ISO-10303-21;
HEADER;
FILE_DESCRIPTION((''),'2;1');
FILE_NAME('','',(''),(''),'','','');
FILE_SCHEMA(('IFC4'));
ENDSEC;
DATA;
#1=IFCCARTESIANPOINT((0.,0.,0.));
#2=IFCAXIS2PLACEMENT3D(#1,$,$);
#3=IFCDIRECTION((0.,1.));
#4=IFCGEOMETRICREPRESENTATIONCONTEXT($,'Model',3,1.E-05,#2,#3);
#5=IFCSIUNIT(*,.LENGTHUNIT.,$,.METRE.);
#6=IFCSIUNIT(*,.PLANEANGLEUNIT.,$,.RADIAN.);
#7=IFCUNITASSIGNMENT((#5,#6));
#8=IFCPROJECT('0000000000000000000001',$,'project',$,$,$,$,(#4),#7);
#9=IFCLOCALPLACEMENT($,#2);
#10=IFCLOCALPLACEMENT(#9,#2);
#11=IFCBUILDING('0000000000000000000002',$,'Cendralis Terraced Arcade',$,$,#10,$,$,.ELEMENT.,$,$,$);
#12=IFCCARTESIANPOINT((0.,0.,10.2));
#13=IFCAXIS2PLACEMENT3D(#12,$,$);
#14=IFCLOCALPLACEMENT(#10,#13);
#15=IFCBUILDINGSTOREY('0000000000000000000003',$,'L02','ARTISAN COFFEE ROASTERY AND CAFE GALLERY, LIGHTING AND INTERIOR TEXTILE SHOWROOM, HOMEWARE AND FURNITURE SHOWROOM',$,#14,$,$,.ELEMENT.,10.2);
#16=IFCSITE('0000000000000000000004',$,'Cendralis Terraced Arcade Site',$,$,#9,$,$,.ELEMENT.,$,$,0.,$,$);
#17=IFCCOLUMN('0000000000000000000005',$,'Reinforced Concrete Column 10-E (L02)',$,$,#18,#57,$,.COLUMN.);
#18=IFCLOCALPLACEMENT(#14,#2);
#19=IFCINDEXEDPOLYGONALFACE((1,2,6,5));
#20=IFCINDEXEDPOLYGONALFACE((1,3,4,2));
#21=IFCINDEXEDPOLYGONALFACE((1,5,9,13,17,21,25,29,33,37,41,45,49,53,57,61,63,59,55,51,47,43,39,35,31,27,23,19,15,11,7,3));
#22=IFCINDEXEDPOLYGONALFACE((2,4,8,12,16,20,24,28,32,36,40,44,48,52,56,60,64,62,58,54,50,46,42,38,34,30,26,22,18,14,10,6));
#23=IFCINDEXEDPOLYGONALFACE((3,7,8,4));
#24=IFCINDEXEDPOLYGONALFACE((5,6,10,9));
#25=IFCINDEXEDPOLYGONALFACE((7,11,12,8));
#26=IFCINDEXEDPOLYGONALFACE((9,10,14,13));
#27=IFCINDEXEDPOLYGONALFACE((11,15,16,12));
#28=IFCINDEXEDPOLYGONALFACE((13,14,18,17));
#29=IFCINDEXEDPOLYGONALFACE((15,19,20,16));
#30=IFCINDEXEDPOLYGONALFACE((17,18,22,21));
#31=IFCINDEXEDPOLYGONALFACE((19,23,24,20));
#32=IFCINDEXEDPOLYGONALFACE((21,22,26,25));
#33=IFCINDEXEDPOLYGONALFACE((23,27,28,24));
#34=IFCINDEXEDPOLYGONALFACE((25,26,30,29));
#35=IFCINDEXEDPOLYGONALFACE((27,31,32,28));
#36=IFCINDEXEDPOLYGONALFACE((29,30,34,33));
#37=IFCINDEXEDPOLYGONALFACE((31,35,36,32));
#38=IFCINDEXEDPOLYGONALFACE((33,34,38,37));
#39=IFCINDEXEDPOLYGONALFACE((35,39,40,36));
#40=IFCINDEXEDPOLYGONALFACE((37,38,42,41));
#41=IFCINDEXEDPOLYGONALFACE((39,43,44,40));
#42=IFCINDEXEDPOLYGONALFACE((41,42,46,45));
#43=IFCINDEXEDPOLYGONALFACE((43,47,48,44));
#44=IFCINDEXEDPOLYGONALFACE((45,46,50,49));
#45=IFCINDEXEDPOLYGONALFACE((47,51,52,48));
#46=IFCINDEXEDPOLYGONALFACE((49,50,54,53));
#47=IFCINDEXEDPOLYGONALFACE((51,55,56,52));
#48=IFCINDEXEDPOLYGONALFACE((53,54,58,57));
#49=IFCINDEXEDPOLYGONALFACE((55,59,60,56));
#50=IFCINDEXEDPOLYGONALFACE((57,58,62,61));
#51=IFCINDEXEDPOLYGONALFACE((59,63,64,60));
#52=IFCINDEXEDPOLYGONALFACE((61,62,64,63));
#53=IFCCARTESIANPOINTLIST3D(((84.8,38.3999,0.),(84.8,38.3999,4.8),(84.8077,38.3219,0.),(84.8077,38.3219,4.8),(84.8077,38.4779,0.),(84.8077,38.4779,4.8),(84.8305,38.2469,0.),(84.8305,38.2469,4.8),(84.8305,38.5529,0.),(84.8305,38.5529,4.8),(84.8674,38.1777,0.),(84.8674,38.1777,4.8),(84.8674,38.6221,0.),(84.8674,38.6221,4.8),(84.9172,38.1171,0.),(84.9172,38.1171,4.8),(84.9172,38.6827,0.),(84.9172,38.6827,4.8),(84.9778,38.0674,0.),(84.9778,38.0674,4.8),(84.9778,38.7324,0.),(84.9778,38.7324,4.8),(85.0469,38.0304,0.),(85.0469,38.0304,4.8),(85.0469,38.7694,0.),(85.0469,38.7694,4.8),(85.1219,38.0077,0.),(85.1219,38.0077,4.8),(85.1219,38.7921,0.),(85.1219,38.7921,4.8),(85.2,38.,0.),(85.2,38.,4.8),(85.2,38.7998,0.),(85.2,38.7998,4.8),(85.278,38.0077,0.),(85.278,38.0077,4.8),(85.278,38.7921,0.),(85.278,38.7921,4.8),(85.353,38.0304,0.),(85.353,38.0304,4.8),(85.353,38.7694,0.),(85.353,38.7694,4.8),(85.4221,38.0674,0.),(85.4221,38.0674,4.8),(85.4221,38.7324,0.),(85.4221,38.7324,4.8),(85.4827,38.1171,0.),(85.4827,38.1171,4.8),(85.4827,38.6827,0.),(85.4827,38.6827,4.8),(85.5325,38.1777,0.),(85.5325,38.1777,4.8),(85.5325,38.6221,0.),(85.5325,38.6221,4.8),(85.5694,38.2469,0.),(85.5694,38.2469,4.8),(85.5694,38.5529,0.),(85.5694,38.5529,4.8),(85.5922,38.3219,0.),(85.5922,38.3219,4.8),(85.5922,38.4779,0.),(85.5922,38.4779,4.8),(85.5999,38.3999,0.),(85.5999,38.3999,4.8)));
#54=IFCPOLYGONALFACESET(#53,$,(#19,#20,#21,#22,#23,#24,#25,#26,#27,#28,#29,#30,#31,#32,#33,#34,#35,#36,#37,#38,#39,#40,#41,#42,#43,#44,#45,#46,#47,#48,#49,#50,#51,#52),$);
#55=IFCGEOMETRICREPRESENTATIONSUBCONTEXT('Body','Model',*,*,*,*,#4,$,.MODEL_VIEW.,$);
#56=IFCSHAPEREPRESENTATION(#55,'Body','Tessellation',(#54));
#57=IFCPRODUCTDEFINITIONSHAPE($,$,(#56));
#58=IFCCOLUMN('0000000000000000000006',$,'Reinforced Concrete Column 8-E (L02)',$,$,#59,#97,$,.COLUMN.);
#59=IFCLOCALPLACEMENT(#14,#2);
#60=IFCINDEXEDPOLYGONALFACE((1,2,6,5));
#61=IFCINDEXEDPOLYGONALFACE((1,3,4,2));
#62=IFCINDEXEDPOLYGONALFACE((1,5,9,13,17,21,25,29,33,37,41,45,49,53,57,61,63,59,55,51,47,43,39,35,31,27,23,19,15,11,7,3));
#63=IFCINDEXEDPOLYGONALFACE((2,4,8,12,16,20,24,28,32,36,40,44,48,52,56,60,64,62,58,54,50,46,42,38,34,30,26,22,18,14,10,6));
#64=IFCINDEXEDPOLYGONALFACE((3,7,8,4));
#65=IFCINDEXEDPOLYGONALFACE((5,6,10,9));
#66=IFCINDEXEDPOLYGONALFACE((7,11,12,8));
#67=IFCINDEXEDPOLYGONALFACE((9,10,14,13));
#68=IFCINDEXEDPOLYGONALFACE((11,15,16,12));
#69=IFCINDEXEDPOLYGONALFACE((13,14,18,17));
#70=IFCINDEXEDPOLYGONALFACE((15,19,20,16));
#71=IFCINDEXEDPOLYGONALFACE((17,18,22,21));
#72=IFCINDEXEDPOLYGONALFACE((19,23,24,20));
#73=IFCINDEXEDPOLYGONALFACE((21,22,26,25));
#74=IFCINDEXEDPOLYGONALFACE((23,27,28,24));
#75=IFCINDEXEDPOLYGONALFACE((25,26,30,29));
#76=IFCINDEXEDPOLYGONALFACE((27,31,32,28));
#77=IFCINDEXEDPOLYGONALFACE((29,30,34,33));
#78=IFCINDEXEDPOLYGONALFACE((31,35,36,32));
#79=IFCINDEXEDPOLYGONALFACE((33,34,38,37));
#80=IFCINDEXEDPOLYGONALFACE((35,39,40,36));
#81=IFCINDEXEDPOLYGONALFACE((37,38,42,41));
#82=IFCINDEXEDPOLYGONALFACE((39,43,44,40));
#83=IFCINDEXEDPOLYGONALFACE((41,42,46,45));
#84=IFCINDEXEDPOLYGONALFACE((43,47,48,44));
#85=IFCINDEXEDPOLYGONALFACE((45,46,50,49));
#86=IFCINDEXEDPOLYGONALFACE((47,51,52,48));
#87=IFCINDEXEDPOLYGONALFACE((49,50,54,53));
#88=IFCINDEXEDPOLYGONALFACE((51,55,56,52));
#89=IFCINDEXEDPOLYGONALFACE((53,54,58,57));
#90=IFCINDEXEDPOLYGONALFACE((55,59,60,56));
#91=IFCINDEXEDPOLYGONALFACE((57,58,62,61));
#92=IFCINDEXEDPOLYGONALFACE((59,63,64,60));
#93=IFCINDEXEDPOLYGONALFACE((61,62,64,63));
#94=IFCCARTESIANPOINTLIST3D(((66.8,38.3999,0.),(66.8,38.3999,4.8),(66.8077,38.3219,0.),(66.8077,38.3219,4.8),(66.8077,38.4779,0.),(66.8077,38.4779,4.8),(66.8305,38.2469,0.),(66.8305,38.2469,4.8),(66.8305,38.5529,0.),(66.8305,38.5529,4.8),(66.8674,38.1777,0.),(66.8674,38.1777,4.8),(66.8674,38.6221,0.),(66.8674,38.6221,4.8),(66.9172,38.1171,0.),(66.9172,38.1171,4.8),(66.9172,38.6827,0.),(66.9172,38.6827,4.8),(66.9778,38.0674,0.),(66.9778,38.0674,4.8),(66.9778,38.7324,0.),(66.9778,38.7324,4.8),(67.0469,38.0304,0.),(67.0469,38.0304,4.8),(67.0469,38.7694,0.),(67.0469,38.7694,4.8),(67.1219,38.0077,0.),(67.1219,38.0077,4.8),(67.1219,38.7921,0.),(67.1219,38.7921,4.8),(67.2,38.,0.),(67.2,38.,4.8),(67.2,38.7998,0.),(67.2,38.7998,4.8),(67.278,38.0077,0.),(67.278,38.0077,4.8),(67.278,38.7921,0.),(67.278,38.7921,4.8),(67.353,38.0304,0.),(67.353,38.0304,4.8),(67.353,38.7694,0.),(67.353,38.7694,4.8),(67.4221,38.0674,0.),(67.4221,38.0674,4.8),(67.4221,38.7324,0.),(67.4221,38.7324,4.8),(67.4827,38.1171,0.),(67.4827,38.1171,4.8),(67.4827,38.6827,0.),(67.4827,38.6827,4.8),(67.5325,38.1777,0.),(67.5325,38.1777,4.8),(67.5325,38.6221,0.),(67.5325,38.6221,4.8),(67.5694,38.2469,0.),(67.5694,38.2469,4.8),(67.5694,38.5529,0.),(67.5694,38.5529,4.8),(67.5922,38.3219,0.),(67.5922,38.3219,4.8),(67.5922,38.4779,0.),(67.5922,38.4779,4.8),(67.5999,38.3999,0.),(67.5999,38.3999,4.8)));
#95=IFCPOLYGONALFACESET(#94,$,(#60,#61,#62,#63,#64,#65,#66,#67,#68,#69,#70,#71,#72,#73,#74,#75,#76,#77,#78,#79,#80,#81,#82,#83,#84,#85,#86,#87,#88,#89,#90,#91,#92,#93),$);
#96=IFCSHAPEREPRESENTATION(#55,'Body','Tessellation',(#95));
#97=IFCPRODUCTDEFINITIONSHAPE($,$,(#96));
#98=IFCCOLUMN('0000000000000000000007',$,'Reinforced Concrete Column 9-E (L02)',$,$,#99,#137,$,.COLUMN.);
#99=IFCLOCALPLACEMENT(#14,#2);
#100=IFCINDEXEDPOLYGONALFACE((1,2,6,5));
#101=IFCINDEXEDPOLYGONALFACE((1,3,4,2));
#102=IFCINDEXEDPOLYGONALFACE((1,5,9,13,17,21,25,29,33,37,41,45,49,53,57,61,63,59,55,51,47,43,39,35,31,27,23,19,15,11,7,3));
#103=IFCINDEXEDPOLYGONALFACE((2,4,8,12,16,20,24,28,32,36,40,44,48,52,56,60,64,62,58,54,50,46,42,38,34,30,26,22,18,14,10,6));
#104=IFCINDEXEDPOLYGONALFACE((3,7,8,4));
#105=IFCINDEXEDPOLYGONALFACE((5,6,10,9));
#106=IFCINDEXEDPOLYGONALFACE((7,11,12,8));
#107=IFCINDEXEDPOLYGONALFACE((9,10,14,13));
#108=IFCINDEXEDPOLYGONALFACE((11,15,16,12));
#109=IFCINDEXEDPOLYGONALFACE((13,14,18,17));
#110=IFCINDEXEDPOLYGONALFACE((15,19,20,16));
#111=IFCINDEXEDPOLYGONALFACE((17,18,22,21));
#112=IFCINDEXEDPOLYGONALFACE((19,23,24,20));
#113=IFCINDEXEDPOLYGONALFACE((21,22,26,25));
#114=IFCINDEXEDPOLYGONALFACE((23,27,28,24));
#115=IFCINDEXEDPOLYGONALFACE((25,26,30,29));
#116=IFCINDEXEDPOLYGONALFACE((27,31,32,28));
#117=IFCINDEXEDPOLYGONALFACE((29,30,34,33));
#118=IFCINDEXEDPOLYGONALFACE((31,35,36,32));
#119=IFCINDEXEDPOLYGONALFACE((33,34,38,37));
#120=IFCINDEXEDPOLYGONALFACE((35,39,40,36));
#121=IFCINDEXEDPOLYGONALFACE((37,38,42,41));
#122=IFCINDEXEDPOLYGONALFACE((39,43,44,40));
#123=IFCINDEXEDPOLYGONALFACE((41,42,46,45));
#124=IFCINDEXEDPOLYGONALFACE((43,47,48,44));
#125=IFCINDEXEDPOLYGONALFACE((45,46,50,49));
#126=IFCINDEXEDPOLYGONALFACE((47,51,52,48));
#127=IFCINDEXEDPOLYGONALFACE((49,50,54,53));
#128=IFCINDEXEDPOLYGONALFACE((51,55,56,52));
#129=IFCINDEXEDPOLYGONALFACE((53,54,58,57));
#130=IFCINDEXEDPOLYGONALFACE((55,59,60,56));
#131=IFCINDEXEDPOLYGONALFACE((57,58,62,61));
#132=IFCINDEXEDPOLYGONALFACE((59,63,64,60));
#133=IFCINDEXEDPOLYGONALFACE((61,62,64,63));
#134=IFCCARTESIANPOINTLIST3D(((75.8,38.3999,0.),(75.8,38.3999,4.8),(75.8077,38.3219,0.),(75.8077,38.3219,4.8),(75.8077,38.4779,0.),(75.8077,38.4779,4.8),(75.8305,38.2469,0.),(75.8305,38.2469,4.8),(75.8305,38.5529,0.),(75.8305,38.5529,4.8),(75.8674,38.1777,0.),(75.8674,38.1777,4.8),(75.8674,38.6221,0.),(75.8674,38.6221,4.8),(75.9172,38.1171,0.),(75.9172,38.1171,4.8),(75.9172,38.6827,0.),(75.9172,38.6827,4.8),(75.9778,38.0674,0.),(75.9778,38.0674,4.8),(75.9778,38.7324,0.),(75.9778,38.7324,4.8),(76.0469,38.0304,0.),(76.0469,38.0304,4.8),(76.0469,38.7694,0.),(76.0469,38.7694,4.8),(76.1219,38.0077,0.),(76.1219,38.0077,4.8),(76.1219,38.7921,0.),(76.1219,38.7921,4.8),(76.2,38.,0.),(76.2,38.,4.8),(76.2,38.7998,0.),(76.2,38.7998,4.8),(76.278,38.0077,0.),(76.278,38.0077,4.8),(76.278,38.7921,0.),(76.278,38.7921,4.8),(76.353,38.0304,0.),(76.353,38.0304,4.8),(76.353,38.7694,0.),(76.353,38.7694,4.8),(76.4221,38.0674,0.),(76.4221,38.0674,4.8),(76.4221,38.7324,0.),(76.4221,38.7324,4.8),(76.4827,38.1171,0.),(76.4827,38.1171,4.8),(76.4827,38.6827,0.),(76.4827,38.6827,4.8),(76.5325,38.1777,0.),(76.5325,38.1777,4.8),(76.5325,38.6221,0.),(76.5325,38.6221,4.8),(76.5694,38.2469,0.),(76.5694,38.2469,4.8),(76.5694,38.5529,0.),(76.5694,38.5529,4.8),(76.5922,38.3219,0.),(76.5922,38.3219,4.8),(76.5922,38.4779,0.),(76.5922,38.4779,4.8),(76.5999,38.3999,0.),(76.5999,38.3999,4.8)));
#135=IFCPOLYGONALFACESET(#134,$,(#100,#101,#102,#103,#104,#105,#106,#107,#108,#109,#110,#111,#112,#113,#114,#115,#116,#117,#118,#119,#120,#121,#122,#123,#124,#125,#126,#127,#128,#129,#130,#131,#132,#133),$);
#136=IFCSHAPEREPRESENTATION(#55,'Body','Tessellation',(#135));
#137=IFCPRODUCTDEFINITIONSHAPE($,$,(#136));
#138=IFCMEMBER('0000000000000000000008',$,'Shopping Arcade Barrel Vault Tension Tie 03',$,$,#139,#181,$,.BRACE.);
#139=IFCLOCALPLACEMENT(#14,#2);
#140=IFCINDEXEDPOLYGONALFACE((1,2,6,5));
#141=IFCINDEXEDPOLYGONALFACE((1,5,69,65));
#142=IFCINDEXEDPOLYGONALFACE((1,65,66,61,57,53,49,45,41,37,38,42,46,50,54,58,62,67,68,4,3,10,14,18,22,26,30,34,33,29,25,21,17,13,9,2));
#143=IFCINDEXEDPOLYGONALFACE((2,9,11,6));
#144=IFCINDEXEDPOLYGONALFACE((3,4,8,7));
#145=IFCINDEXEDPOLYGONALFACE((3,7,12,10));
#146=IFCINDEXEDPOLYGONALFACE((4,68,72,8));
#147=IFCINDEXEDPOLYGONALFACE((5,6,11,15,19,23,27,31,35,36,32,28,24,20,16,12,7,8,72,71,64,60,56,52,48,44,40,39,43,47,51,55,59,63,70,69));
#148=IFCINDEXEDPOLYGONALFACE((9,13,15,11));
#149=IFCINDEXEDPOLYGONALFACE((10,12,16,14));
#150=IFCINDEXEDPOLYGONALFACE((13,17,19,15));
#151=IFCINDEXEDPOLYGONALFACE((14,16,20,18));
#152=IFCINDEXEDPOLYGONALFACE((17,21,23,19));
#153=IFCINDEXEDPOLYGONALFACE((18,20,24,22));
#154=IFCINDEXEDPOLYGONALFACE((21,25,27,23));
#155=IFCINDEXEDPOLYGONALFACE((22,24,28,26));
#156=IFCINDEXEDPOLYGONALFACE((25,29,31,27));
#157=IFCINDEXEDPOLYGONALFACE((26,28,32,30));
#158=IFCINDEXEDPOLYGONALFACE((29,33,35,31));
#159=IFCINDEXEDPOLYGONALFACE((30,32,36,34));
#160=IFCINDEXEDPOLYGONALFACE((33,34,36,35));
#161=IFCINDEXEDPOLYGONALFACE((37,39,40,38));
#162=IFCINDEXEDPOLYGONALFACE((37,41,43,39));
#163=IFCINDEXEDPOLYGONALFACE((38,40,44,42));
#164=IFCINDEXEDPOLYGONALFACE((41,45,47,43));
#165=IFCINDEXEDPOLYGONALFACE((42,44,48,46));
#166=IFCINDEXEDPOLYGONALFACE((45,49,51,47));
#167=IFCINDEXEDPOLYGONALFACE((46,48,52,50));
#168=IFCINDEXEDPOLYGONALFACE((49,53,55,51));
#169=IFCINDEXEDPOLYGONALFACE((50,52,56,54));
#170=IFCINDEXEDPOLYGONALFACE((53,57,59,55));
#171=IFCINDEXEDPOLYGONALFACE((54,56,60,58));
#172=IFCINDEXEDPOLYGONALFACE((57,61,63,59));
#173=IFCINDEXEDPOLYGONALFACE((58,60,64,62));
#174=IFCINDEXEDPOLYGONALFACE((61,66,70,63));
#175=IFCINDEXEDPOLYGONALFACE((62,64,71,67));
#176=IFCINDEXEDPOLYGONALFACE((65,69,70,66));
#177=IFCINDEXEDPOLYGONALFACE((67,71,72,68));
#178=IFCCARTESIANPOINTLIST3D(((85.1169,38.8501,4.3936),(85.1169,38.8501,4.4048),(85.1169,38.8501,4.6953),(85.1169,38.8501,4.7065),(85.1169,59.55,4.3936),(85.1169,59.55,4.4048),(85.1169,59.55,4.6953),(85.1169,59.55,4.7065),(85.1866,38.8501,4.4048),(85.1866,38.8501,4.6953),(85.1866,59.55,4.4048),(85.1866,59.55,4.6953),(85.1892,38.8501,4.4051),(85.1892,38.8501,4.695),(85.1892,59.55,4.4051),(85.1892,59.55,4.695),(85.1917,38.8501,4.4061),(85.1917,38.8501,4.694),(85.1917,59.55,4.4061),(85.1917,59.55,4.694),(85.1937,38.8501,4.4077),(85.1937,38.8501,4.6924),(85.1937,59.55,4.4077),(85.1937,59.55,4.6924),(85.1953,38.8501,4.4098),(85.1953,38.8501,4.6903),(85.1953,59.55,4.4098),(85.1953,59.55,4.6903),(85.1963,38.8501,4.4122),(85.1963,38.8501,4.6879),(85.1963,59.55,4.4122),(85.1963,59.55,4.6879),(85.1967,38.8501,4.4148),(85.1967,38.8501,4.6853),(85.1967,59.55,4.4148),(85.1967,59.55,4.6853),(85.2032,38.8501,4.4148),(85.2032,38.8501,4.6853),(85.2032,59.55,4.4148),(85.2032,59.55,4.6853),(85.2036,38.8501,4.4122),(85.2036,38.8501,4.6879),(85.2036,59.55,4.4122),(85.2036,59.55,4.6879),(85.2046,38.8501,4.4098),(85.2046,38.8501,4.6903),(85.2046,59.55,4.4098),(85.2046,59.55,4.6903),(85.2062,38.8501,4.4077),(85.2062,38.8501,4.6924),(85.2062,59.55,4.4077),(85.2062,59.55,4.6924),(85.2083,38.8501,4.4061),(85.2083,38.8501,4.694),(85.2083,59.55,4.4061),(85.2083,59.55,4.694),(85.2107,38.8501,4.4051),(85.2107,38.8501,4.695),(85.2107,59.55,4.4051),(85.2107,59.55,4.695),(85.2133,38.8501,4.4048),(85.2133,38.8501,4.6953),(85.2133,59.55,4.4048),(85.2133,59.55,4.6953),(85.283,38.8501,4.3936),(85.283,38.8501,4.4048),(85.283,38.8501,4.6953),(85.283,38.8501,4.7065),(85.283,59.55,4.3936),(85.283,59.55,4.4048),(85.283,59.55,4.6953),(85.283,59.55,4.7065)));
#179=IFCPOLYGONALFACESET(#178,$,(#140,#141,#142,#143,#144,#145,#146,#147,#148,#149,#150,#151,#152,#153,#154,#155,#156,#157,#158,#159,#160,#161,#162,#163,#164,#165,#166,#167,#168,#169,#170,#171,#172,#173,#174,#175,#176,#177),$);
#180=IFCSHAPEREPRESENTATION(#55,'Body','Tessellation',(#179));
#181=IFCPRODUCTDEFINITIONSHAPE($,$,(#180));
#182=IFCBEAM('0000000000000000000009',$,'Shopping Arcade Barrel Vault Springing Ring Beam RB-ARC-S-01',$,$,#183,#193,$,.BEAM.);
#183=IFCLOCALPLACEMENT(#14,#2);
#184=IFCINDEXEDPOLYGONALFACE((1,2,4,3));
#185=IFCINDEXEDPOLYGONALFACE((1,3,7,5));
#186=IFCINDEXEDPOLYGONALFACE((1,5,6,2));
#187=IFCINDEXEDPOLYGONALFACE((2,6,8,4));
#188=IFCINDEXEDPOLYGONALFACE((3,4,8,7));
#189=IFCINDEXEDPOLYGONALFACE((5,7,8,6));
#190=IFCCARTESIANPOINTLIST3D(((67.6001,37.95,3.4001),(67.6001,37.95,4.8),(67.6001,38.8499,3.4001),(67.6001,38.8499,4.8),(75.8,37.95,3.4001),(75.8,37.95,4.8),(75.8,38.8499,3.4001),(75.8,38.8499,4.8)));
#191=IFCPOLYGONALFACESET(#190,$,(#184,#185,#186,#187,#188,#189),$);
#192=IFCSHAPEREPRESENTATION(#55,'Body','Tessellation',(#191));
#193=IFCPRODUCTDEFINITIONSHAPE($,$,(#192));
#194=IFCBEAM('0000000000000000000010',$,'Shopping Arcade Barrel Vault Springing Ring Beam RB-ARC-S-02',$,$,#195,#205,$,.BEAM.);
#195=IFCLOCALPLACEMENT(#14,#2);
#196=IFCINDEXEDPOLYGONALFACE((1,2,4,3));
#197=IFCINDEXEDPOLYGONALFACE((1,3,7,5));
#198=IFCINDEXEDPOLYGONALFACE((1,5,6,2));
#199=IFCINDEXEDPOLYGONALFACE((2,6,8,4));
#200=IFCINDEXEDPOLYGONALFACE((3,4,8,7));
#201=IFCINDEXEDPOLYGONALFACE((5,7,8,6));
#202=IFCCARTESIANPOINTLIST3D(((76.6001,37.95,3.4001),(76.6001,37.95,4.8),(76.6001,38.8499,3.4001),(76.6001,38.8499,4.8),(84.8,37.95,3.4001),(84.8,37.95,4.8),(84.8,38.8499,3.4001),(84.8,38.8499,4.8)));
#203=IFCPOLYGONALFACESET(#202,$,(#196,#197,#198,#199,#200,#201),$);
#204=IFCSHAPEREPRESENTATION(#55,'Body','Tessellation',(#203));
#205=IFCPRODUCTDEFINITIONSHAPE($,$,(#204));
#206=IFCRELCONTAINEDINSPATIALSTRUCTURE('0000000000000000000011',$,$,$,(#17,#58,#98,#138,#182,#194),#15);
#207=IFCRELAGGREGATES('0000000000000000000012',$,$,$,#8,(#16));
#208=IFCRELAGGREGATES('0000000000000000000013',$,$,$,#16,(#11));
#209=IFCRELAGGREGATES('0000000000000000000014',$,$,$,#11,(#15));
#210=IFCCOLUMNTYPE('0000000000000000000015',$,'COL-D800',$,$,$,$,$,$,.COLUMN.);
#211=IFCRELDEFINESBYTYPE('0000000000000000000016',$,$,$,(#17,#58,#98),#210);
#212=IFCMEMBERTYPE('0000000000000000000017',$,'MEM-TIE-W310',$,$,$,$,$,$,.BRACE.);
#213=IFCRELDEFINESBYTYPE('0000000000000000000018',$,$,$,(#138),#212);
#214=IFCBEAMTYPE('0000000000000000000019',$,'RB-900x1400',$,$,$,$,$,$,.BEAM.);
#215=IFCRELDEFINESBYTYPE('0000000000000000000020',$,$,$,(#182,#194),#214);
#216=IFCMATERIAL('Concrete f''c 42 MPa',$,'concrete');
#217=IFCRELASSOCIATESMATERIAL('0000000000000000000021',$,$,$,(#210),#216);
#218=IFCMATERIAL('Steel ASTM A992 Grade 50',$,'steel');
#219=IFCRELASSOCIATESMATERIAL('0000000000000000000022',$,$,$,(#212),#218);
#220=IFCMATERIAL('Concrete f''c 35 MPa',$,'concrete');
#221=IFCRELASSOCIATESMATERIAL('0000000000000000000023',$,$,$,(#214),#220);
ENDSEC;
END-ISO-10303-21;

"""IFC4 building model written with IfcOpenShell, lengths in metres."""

from ifc_helpers import new_model, si_unit, direction, frame, origin, origin_2d, place, context, subcontext, project, spatial, rectangle, circle, i_section, extrude, material, material_profile, profile_set, type_object, element, save


model = new_model("IFC4")

# Units and contexts
model_context = context("Model", 3, precision=1e-05, world=origin(), true_north=direction((0.0, 1.0)))
body_context = subcontext(model_context, "Body", "Model", "MODEL_VIEW")
ifc_project = project(units=[si_unit("LENGTHUNIT", "METRE"), si_unit("PLANEANGLEUNIT", "RADIAN")], contexts=[model_context])

# Site, building, storey
site_placement = place(None, origin())
site = spatial("IfcSite", under=ifc_project, at=site_placement, Name="Cendralis Terraced Arcade Site", CompositionType="ELEMENT", RefElevation=0.0)
building_placement = place(site_placement, origin())
building = spatial("IfcBuilding", under=site, at=building_placement, Name="Cendralis Terraced Arcade", CompositionType="ELEMENT")
storey_placement = place(building_placement, frame((0.0, 0.0, 10.2)))
storey = spatial("IfcBuildingStorey", under=building, at=storey_placement, Name="L02", Description="ARTISAN COFFEE ROASTERY AND CAFE GALLERY, LIGHTING AND INTERIOR TEXTILE SHOWROOM, HOMEWARE AND FURNITURE SHOWROOM", CompositionType="ELEMENT", Elevation=10.2)

# Columns
ifc_material_1 = material(Name="Concrete f'c 42 MPa", Category="concrete")
ifc_material_profile_1 = material_profile(ifc_material_1, circle(Radius=0.3999, at=origin_2d()), Name="RC-COL-D800", Category="LoadBearing")
ifc_profile_set_1 = profile_set([ifc_material_profile_1], Name="Concrete f'c 42 MPa")
column_type = type_object("IfcColumnType", Name="COL-D800", PredefinedType="COLUMN", material=ifc_profile_set_1)
for number, where, z_axis, x_axis, name in (
    (1, (85.2, 38.3999, 0.0), (0.0, 0.0, 1.0), (1.0, 0.0, 0.0), "Reinforced Concrete Column 10-E (L02)"),
    (2, (67.2, 38.3999, 0.0), (0.0, 0.0, 1.0), (1.0, 0.0, 0.0), "Reinforced Concrete Column 8-E (L02)"),
    (3, (76.2, 38.3999, 0.0), (0.0, 0.0, 1.0), (1.0, 0.0, 0.0), "Reinforced Concrete Column 9-E (L02)"),
):
    element("IfcColumn", number, at=place(storey_placement, frame(where, z_axis=z_axis, x_axis=x_axis)), inside=storey, type_object=column_type, Name=name, PredefinedType="COLUMN", context=body_context, shape_type="SweptSolid", body=[
        extrude(circle(Radius=0.3999, at=origin_2d()), origin(), (0.0, 0.0, 1.0), 4.8),
    ])

# Member
ifc_material_2 = material(Name="Steel ASTM A992 Grade 50", Category="steel")
ifc_material_profile_2 = material_profile(ifc_material_2, i_section(OverallWidth=0.166, OverallDepth=0.313, WebThickness=0.0066, FlangeThickness=0.0112, FilletRadius=0.01, at=origin_2d()), Name="W310X44.5", Category="LoadBearing")
ifc_profile_set_2 = profile_set([ifc_material_profile_2], Name="Steel ASTM A992 Grade 50")
member_type = type_object("IfcMemberType", Name="MEM-TIE-W310", PredefinedType="BRACE", material=ifc_profile_set_2)
member_placement = place(storey_placement, frame((85.2, 38.8501, 4.55), z_axis=(0.0, 1.0, 0.0), x_axis=(-1.0, 0.0, 0.0)))
element("IfcMember", 4, at=member_placement, inside=storey, type_object=member_type, Name="Shopping Arcade Barrel Vault Tension Tie 03", PredefinedType="BRACE", context=body_context, shape_type="SweptSolid", body=[
    extrude(i_section(OverallWidth=0.166, OverallDepth=0.313, WebThickness=0.0066, FlangeThickness=0.0112, FilletRadius=0.01, at=origin_2d()), origin(), (0.0, 0.0, 1.0), 20.7),
])

# Beams
ifc_material_3 = material(Name="Concrete f'c 35 MPa", Category="concrete")
ifc_material_profile_3 = material_profile(ifc_material_3, rectangle(XDim=0.8999, YDim=1.3999, at=origin_2d()), Name="RC-RB-900x1400", Category="LoadBearing")
ifc_profile_set_3 = profile_set([ifc_material_profile_3], Name="Concrete f'c 35 MPa")
beam_type = type_object("IfcBeamType", Name="RB-900x1400", PredefinedType="BEAM", material=ifc_profile_set_3)
for number, where, z_axis, x_axis, name in (
    (5, (67.6001, 38.3999, 4.1001), (1.0, 0.0, 0.0), (0.0, 1.0, 0.0), "Shopping Arcade Barrel Vault Springing Ring Beam RB-ARC-S-01"),
    (6, (76.6001, 38.3999, 4.1001), (1.0, 0.0, 0.0), (0.0, 1.0, 0.0), "Shopping Arcade Barrel Vault Springing Ring Beam RB-ARC-S-02"),
):
    element("IfcBeam", number, at=place(storey_placement, frame(where, z_axis=z_axis, x_axis=x_axis)), inside=storey, type_object=beam_type, Name=name, PredefinedType="BEAM", context=body_context, shape_type="SweptSolid", body=[
        extrude(rectangle(XDim=0.8999, YDim=1.3999, at=origin_2d()), origin(), (0.0, 0.0, 1.0), 8.2),
    ])

save(model, "model.ifc")
